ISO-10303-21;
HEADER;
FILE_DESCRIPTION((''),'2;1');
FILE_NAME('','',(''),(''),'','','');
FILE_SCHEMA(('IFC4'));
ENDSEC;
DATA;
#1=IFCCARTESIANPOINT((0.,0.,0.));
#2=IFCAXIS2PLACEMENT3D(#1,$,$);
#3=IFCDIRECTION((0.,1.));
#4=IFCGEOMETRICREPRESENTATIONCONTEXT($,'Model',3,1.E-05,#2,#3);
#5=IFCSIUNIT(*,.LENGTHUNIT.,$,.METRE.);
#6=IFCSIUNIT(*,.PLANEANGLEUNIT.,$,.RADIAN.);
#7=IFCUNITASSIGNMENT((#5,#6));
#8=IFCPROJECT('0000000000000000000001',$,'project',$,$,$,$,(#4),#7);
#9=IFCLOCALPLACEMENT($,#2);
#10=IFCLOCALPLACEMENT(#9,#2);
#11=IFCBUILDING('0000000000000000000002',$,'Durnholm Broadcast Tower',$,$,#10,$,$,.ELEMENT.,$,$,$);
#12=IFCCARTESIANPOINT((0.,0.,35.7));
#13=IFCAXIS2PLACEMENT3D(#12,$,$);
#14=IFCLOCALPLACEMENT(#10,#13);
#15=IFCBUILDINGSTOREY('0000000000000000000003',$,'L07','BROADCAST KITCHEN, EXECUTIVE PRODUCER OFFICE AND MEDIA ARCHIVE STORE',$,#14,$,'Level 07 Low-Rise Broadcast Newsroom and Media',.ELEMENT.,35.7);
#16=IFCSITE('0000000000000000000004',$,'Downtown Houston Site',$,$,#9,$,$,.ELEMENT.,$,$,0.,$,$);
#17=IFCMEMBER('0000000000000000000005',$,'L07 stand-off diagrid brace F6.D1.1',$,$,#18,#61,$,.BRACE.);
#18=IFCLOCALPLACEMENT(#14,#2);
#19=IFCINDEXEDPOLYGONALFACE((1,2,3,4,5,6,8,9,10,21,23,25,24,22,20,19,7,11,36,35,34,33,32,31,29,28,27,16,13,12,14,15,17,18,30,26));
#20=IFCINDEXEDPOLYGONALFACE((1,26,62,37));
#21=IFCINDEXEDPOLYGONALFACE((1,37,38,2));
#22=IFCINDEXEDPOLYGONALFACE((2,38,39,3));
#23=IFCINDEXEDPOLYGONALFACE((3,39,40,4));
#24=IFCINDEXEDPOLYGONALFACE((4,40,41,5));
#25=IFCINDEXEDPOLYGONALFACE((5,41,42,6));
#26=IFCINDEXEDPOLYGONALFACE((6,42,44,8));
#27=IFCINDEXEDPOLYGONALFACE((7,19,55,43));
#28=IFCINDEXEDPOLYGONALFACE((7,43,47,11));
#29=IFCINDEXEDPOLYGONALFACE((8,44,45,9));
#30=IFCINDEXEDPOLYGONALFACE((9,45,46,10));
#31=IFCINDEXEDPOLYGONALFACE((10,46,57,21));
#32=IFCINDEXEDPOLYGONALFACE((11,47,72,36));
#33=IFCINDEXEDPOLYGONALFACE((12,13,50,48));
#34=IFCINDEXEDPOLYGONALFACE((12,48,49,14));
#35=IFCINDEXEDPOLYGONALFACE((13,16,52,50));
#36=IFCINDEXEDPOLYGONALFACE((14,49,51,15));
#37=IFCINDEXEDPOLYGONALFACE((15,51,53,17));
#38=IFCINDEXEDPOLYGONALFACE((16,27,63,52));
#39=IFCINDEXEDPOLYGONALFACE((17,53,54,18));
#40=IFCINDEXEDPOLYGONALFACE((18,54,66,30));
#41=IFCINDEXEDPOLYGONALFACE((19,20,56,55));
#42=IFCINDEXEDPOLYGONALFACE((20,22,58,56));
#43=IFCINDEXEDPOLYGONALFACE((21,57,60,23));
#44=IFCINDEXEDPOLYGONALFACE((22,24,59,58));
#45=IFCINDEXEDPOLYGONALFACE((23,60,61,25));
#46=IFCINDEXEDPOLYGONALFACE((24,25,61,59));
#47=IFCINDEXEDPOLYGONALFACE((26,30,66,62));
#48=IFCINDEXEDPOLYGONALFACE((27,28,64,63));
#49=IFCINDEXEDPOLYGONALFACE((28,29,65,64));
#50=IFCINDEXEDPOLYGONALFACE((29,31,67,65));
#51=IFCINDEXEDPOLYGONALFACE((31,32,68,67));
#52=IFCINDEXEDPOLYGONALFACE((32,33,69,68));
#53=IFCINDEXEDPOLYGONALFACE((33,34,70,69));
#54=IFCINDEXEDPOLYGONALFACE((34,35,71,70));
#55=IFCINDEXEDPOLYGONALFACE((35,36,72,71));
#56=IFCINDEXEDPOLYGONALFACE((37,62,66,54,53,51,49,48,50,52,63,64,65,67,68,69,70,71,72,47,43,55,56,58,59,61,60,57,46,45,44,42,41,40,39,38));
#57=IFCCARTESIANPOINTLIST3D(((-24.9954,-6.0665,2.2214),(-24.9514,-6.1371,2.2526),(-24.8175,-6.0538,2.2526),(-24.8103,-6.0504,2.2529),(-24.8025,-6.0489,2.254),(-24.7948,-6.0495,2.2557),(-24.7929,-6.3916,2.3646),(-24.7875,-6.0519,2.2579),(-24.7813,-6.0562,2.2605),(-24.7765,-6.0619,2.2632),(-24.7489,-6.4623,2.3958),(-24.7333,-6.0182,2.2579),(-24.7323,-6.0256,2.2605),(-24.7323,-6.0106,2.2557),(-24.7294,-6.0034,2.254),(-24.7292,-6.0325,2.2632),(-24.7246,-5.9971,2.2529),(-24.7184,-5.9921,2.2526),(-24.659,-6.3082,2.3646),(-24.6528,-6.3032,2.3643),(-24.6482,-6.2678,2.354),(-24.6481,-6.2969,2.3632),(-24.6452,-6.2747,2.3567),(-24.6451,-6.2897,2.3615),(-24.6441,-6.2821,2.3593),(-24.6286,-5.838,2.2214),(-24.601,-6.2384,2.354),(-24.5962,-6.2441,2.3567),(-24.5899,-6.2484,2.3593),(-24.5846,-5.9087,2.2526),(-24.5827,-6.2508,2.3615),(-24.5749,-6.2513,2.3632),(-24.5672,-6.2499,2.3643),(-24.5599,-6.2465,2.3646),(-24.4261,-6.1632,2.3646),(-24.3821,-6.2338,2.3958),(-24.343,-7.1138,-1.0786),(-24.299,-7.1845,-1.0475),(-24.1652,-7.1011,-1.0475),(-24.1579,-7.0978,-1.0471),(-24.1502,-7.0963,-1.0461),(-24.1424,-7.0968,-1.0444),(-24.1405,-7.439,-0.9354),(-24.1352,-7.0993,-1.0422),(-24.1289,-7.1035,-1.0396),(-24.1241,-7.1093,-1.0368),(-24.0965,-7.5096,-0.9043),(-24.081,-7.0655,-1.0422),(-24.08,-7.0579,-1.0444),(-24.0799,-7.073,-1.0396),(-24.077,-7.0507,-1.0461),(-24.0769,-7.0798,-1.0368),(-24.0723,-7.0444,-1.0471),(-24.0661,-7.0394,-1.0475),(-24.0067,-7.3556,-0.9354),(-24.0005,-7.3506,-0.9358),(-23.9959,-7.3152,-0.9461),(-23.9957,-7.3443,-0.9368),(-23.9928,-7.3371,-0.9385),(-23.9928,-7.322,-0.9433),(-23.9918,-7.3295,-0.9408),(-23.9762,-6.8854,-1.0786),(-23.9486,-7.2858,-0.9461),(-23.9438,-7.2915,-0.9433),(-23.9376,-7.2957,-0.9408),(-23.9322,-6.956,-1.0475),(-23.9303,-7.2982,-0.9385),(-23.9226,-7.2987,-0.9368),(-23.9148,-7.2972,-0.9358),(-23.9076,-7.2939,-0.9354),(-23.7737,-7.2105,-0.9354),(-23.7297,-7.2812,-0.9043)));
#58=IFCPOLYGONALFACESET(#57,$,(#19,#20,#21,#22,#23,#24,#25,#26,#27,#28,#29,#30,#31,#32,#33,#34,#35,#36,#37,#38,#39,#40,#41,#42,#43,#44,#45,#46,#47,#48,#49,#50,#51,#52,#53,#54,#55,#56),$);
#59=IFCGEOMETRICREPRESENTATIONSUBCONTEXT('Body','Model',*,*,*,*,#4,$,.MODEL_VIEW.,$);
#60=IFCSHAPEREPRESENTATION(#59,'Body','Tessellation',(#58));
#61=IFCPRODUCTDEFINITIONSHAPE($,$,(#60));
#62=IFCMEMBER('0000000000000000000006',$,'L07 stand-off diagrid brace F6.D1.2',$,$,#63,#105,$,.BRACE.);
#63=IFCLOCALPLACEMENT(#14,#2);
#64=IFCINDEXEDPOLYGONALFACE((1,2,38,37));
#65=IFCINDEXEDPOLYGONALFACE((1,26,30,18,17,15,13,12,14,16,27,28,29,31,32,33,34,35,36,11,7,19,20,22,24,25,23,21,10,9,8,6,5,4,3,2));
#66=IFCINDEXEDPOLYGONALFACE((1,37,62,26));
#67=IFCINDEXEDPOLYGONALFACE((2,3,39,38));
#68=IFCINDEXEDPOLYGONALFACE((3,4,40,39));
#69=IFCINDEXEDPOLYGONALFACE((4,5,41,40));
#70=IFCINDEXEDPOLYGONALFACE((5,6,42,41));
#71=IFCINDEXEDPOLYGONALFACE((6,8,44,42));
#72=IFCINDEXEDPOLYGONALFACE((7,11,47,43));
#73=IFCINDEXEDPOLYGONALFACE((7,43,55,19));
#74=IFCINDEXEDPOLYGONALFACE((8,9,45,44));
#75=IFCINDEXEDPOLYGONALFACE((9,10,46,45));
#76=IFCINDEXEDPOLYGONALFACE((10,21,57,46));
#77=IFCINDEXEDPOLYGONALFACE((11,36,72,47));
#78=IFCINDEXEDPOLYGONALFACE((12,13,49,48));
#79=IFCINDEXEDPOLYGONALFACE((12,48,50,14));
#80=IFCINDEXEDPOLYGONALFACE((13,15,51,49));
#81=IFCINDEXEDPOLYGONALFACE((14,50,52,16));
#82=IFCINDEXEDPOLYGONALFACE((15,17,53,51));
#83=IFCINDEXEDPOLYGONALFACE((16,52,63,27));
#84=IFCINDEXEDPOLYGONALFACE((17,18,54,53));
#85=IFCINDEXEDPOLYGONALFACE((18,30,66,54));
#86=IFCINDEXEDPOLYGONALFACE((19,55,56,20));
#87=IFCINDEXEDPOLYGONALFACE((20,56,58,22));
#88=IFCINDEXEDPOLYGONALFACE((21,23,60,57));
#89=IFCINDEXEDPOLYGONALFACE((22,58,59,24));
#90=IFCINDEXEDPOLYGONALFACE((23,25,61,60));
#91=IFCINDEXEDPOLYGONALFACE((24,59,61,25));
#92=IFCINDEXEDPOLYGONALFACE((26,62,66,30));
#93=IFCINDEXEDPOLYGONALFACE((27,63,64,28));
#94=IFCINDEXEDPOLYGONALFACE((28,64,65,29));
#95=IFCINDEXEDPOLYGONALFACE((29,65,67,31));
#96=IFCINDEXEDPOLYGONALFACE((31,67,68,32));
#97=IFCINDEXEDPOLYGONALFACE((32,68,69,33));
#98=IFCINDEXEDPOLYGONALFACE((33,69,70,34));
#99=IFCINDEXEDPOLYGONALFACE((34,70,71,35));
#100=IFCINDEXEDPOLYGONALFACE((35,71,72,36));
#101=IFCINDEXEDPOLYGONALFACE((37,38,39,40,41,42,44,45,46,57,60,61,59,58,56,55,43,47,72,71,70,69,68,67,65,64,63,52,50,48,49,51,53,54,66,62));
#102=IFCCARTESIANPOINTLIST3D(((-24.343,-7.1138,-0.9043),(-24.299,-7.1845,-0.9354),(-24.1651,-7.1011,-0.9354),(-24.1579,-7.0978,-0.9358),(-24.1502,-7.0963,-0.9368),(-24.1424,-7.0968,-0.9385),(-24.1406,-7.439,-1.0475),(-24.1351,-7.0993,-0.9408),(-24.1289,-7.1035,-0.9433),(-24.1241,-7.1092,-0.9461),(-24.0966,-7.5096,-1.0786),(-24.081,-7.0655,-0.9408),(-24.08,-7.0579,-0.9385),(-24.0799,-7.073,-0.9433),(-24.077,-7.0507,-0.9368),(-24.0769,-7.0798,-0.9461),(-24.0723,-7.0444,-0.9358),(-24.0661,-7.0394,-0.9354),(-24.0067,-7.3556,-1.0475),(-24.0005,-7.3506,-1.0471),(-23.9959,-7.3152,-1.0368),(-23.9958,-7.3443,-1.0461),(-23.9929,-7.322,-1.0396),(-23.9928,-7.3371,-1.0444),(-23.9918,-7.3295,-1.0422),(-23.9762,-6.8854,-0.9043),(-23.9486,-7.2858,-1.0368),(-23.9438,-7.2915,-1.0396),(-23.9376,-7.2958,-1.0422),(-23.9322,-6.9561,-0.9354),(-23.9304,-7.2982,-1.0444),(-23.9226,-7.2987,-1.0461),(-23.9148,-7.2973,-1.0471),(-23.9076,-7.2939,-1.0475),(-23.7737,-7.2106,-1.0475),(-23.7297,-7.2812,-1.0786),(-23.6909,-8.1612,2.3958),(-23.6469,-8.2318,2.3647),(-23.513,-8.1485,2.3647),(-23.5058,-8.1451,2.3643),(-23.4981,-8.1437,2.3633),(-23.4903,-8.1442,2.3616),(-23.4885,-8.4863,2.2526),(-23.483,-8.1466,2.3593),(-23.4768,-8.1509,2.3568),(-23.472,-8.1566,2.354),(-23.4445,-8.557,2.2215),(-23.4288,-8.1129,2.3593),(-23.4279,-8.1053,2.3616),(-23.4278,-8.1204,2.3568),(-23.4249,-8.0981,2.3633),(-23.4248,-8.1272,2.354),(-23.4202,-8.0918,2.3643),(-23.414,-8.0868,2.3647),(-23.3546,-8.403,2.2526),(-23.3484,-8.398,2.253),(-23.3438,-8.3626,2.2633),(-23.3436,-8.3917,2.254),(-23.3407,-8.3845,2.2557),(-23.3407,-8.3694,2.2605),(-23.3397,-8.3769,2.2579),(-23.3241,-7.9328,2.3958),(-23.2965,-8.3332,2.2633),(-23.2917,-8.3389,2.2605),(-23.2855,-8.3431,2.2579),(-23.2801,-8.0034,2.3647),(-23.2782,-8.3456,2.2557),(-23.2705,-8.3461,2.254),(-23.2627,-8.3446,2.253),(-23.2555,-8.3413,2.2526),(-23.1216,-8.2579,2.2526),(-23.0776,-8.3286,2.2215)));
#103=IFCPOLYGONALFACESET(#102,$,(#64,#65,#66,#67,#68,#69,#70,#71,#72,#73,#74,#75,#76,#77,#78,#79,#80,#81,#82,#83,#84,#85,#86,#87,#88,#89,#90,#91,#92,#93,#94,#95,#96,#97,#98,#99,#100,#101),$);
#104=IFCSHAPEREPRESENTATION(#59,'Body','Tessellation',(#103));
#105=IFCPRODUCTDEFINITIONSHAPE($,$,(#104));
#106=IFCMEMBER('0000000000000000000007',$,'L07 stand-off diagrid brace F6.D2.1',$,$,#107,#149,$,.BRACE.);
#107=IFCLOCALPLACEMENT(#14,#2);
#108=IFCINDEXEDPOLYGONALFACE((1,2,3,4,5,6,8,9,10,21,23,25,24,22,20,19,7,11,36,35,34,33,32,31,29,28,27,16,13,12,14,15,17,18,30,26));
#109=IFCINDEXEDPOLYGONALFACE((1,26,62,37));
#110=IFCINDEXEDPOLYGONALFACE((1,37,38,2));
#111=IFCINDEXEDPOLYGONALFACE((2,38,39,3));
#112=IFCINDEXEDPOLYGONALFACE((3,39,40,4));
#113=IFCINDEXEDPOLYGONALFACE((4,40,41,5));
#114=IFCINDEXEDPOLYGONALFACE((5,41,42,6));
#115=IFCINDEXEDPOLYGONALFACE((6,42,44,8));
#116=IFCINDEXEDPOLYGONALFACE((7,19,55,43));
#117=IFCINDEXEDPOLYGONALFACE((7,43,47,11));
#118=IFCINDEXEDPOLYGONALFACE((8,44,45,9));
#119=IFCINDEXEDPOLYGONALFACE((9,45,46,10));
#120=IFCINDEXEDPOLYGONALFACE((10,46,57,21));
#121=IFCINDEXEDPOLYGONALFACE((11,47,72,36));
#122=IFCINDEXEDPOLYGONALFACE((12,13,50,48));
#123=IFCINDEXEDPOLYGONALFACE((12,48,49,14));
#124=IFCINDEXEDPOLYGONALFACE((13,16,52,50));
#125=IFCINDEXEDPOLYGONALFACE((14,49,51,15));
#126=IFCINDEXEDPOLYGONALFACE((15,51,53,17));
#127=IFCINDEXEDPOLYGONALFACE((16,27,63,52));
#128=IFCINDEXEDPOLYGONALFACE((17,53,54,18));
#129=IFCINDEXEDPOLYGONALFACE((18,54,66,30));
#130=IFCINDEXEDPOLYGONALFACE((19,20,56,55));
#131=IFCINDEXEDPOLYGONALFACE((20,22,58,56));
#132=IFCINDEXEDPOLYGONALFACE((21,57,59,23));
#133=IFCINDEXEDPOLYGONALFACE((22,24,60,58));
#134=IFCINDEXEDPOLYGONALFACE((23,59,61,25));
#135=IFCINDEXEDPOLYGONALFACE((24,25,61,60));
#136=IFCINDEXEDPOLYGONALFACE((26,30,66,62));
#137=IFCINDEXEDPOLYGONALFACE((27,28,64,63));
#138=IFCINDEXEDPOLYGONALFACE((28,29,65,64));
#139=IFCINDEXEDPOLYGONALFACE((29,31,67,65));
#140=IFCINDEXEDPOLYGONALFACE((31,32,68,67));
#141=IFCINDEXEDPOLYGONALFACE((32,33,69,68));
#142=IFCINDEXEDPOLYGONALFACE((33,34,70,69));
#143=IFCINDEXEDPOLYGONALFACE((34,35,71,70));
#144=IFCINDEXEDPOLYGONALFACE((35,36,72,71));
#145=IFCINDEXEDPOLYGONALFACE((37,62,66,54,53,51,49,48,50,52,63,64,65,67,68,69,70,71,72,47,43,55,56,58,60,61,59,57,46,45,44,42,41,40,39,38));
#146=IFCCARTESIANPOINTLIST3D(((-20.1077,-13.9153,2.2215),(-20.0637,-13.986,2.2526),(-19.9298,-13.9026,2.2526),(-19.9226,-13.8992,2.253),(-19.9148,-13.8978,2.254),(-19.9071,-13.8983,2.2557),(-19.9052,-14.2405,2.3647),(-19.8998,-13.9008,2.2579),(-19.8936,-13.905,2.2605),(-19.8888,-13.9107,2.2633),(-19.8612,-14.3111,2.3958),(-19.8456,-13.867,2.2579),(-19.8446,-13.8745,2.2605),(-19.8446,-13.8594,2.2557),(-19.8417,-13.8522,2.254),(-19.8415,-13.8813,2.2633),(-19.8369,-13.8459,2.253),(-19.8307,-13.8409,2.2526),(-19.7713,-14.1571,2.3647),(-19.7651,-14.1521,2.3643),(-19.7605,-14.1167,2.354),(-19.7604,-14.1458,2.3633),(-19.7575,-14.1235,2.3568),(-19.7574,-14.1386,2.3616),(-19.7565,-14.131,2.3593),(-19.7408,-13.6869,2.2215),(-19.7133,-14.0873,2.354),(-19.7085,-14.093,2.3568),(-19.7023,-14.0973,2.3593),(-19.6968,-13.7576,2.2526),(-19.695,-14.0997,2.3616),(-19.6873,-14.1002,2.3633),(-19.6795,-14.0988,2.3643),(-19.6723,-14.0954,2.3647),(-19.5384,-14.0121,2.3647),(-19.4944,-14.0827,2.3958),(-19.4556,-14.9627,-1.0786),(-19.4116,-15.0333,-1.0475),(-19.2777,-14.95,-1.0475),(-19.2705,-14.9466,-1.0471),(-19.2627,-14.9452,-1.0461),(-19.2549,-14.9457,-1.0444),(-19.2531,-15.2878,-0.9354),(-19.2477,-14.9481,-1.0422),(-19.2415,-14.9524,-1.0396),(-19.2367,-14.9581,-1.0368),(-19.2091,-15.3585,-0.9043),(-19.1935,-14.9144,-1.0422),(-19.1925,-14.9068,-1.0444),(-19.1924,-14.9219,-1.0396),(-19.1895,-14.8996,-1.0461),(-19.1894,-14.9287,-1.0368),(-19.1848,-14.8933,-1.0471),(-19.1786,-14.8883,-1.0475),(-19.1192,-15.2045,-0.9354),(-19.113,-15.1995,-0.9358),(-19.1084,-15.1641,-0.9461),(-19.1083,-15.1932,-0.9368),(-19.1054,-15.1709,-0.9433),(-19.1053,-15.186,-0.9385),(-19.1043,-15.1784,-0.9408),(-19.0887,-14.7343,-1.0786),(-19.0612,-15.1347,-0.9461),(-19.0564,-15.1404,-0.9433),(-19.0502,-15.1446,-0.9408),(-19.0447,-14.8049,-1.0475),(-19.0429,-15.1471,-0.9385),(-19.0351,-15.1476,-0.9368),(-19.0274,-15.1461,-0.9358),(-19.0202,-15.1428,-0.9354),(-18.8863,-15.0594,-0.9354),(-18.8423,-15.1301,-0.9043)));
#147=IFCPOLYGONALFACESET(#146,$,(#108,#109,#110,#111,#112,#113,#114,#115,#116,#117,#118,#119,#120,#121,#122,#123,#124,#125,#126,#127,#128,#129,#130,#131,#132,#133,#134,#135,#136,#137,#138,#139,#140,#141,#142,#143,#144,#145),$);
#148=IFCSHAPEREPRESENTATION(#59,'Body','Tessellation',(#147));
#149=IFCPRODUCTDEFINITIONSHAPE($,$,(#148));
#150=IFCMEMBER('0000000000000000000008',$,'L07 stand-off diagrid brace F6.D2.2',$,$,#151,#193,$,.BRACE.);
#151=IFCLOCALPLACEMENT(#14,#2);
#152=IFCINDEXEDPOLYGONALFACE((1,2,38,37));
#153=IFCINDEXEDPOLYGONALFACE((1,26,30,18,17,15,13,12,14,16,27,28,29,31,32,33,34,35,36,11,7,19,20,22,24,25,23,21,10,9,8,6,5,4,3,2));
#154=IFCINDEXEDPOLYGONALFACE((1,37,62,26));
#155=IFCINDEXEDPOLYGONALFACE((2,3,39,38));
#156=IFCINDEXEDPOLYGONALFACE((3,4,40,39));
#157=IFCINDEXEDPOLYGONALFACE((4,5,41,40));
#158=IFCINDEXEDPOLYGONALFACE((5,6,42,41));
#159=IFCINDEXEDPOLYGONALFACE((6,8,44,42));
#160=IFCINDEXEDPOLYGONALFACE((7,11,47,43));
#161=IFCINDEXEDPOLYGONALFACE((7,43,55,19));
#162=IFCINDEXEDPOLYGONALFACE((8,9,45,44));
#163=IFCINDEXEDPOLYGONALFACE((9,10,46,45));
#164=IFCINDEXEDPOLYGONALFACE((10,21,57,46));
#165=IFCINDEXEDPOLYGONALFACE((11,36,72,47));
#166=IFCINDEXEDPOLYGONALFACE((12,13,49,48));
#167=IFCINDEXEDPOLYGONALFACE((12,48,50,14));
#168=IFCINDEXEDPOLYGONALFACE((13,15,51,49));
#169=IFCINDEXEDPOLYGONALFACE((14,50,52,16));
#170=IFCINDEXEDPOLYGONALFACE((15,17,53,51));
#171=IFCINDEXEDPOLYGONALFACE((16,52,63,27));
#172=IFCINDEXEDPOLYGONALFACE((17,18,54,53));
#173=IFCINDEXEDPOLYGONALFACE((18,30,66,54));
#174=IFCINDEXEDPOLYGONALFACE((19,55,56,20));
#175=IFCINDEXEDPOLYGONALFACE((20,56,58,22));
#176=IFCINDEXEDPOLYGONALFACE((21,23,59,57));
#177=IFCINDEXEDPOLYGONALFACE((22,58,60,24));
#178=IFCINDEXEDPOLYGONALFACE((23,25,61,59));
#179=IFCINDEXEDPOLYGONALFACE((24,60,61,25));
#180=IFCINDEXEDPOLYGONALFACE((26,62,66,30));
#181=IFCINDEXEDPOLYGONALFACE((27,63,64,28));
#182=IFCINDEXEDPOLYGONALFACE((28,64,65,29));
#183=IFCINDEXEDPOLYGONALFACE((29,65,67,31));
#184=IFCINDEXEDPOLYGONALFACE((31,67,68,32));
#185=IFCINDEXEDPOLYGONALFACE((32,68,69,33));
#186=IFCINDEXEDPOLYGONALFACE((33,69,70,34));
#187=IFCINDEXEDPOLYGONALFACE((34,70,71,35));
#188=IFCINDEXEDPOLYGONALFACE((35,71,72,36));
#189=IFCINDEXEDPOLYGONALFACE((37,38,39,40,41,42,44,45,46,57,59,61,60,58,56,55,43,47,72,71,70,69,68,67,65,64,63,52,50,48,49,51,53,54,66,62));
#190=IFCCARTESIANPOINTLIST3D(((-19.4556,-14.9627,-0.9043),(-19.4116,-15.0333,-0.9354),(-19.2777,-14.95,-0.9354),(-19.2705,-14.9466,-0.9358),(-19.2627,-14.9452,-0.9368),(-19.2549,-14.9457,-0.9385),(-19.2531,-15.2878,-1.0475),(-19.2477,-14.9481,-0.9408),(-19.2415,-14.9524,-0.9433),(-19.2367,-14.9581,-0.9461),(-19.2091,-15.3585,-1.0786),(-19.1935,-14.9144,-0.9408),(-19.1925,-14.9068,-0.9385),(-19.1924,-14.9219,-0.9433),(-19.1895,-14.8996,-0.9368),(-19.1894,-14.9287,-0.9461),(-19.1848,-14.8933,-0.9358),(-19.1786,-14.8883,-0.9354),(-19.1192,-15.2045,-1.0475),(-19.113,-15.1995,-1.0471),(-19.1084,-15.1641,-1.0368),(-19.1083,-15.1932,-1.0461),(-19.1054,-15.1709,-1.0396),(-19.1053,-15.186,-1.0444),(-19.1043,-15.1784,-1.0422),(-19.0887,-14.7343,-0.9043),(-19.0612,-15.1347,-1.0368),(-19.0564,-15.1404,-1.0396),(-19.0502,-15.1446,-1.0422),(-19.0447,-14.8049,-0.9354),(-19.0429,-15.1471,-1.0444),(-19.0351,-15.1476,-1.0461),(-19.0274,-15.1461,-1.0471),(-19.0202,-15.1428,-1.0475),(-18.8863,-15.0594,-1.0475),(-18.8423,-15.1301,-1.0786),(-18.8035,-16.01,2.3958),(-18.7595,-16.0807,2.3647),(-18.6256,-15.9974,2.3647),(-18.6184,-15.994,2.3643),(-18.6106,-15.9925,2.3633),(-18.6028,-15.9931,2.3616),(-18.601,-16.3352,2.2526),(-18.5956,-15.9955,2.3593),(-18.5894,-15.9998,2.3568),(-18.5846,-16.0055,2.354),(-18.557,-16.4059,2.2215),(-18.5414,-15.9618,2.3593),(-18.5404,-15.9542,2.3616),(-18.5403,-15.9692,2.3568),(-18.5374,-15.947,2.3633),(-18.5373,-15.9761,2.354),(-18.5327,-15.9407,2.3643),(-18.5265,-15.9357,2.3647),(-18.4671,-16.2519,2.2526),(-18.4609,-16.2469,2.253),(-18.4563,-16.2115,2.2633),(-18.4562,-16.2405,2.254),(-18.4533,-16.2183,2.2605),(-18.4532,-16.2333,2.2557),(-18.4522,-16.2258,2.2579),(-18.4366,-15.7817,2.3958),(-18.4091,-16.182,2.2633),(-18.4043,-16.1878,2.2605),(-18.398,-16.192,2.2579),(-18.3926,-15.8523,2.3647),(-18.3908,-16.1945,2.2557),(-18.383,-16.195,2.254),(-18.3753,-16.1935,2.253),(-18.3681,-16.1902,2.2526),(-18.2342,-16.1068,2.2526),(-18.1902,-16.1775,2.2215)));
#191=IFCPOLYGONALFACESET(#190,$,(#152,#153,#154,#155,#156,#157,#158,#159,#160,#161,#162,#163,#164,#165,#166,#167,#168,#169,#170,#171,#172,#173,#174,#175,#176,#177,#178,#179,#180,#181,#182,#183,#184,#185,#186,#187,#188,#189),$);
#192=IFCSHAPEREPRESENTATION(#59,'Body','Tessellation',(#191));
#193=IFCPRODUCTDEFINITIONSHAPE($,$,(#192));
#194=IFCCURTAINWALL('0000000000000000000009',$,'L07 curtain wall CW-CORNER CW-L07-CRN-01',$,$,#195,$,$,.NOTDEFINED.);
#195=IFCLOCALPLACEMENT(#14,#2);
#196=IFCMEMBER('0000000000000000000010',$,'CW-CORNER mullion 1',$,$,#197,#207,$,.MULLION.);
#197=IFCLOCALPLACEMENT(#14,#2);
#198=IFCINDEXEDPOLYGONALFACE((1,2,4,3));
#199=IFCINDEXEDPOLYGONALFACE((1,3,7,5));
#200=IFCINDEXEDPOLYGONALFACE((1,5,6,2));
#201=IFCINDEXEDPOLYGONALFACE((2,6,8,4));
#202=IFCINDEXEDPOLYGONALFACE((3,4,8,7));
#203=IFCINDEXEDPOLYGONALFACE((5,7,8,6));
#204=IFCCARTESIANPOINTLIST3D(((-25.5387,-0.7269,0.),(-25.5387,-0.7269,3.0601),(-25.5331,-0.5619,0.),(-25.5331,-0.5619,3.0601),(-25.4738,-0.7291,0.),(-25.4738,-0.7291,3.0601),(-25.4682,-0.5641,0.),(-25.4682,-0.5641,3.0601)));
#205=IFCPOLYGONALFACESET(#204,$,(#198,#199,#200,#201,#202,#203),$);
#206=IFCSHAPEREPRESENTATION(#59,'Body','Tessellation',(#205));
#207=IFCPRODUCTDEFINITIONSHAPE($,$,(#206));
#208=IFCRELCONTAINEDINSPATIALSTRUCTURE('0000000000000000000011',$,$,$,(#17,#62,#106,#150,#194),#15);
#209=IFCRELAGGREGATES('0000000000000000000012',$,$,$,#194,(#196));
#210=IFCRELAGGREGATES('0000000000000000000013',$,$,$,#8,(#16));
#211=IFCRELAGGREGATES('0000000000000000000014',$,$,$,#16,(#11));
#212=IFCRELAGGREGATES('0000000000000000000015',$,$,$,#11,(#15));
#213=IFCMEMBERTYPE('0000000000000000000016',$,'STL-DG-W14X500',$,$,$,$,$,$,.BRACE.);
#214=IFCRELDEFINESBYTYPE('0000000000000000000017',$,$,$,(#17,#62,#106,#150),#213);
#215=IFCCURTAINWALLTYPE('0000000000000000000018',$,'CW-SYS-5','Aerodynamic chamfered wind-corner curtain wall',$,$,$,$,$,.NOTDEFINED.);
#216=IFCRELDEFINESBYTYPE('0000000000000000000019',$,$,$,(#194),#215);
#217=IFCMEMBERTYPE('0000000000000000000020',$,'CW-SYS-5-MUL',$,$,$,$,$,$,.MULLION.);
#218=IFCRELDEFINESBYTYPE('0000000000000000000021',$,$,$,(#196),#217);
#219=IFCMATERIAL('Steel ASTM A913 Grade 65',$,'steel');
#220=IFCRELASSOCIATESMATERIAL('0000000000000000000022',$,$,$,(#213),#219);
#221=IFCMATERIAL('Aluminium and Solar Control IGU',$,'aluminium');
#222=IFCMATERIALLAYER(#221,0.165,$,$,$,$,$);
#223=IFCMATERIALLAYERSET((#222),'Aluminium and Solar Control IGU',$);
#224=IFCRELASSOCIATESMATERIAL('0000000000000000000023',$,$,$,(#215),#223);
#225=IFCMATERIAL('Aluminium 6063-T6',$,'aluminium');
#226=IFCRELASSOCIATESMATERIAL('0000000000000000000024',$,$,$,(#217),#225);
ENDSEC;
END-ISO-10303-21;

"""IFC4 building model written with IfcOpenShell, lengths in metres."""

from ifc_helpers import new_model, si_unit, direction, frame, origin, origin_2d, place, context, subcontext, project, spatial, rectangle, i_section, extrude, source, transform, mapped, material, layer, layer_set, material_profile, profile_set, type_object, type_shapes, element, aggregate, save


model = new_model("IFC4")

# Units and contexts
model_context = context("Model", 3, precision=1e-05, world=origin(), true_north=direction((0.0, 1.0)))
body_context = subcontext(model_context, "Body", "Model", "MODEL_VIEW")
ifc_project = project(units=[si_unit("LENGTHUNIT", "METRE"), si_unit("PLANEANGLEUNIT", "RADIAN")], contexts=[model_context])

# Site, building, storey
site_placement = place(None, origin())
site = spatial("IfcSite", under=ifc_project, at=site_placement, Name="Downtown Houston Site", CompositionType="ELEMENT", RefElevation=0.0)
building_placement = place(site_placement, origin())
building = spatial("IfcBuilding", under=site, at=building_placement, Name="Durnholm Broadcast Tower", CompositionType="ELEMENT")
storey_placement = place(building_placement, frame((0.0, 0.0, 35.7)))
storey = spatial("IfcBuildingStorey", under=building, at=storey_placement, Name="L07", Description="BROADCAST KITCHEN, EXECUTIVE PRODUCER OFFICE AND MEDIA ARCHIVE STORE", LongName="Level 07 Low-Rise Broadcast Newsroom and Media", CompositionType="ELEMENT", Elevation=35.7)

# Members
ifc_material_1 = material(Name="Steel ASTM A913 Grade 65", Category="steel")
ifc_material_profile_1 = material_profile(ifc_material_1, i_section(OverallWidth=0.4321, OverallDepth=0.4978, WebThickness=0.0557, FlangeThickness=0.0889, FilletRadius=0.0305, at=origin_2d()), Name="W14X500")
ifc_profile_set_1 = profile_set([ifc_material_profile_1], Name="Steel ASTM A913 Grade 65")
member_type_1 = type_object("IfcMemberType", Name="STL-DG-W14X500", PredefinedType="BRACE", material=ifc_profile_set_1)
shared_shape_1 = source(origin(), body_context, "Body", "SweptSolid", [
    extrude(i_section(OverallWidth=0.4321, OverallDepth=0.4978, WebThickness=0.0557, FlangeThickness=0.0889, FilletRadius=0.0305, at=origin_2d()), origin(), (0.0, 0.0, 1.0), 3.5232),
])
type_shapes(member_type_1, [shared_shape_1])
for number, where, z_axis, x_axis, name in (
    (1, (-24.0364, -7.1975, -0.9915), (-0.185157, 0.297277, 0.936666), (-0.84882, -0.528682, 0.0), "L07 stand-off diagrid brace F6.D1.1"),
    (2, (-24.0364, -7.1975, -0.9915), (0.18509, -0.297281, 0.936678), (0.848909, 0.52854, 0.0), "L07 stand-off diagrid brace F6.D1.2"),
    (3, (-19.1489, -15.0464, -0.9915), (-0.18509, 0.297281, 0.936678), (-0.848909, -0.52854, 0.0), "L07 stand-off diagrid brace F6.D2.1"),
    (4, (-19.1489, -15.0464, -0.9915), (0.18509, -0.297281, 0.936678), (0.848909, 0.52854, 0.0), "L07 stand-off diagrid brace F6.D2.2"),
):
    element("IfcMember", number, at=place(storey_placement, frame(where, z_axis=z_axis, x_axis=x_axis)), inside=storey, type_object=member_type_1, Name=name, PredefinedType="BRACE", context=body_context, shape_type="MappedRepresentation", body=[
        mapped(shared_shape_1, transform((0.0, 0.0, 0.0), x_axis=(1.0, 0.0, 0.0), y_axis=(0.0, 1.0, 0.0), z_axis=(0.0, 0.0, 1.0), scale=1.0)),
    ])

# Curtain wall, member
ifc_material_2 = material(Name="Aluminium and Solar Control IGU", Category="aluminium")
ifc_layer_1 = layer(ifc_material_2, 0.165)
ifc_layer_set_1 = layer_set([ifc_layer_1], Name="Aluminium and Solar Control IGU")
curtain_wall_type_1 = type_object("IfcCurtainWallType", Name="CW-SYS-5", Description="Aerodynamic chamfered wind-corner curtain wall", PredefinedType="NOTDEFINED", material=ifc_layer_set_1)
curtain_wall_1_placement = place(storey_placement, origin())
curtain_wall_1 = element("IfcCurtainWall", 5, at=curtain_wall_1_placement, inside=storey, type_object=curtain_wall_type_1, Name="L07 curtain wall CW-CORNER CW-L07-CRN-01", PredefinedType="NOTDEFINED")
ifc_material_3 = material(Name="Aluminium 6063-T6", Category="aluminium")
ifc_material_profile_2 = material_profile(ifc_material_3, rectangle(XDim=0.0649, YDim=0.165, at=origin_2d()), Name="CWM65X165")
ifc_profile_set_2 = profile_set([ifc_material_profile_2], Name="Aluminium 6063-T6")
member_type_2 = type_object("IfcMemberType", Name="CW-SYS-5-MUL", PredefinedType="MULLION", material=ifc_profile_set_2)
shared_shape_2 = source(origin(), body_context, "Body", "SweptSolid", [
    extrude(rectangle(XDim=0.0649, YDim=0.165, at=origin_2d()), origin(), (0.0, 0.0, 1.0), 3.0601),
])
type_shapes(member_type_2, [shared_shape_2])
member_1_placement = place(storey_placement, frame((-25.5034, -0.6455, 0.0), z_axis=(0.0, 0.0, 1.0), x_axis=(-0.999427, 0.03384, 0.0)))
member_1 = element("IfcMember", 6, at=member_1_placement, type_object=member_type_2, Name="CW-CORNER mullion 1", PredefinedType="MULLION", context=body_context, shape_type="MappedRepresentation", body=[
    mapped(shared_shape_2, transform((0.0, 0.0, 0.0), x_axis=(1.0, 0.0, 0.0), y_axis=(0.0, 1.0, 0.0), z_axis=(0.0, 0.0, 1.0), scale=1.0)),
])

aggregate(curtain_wall_1, [member_1])

save(model, "model.ifc")
